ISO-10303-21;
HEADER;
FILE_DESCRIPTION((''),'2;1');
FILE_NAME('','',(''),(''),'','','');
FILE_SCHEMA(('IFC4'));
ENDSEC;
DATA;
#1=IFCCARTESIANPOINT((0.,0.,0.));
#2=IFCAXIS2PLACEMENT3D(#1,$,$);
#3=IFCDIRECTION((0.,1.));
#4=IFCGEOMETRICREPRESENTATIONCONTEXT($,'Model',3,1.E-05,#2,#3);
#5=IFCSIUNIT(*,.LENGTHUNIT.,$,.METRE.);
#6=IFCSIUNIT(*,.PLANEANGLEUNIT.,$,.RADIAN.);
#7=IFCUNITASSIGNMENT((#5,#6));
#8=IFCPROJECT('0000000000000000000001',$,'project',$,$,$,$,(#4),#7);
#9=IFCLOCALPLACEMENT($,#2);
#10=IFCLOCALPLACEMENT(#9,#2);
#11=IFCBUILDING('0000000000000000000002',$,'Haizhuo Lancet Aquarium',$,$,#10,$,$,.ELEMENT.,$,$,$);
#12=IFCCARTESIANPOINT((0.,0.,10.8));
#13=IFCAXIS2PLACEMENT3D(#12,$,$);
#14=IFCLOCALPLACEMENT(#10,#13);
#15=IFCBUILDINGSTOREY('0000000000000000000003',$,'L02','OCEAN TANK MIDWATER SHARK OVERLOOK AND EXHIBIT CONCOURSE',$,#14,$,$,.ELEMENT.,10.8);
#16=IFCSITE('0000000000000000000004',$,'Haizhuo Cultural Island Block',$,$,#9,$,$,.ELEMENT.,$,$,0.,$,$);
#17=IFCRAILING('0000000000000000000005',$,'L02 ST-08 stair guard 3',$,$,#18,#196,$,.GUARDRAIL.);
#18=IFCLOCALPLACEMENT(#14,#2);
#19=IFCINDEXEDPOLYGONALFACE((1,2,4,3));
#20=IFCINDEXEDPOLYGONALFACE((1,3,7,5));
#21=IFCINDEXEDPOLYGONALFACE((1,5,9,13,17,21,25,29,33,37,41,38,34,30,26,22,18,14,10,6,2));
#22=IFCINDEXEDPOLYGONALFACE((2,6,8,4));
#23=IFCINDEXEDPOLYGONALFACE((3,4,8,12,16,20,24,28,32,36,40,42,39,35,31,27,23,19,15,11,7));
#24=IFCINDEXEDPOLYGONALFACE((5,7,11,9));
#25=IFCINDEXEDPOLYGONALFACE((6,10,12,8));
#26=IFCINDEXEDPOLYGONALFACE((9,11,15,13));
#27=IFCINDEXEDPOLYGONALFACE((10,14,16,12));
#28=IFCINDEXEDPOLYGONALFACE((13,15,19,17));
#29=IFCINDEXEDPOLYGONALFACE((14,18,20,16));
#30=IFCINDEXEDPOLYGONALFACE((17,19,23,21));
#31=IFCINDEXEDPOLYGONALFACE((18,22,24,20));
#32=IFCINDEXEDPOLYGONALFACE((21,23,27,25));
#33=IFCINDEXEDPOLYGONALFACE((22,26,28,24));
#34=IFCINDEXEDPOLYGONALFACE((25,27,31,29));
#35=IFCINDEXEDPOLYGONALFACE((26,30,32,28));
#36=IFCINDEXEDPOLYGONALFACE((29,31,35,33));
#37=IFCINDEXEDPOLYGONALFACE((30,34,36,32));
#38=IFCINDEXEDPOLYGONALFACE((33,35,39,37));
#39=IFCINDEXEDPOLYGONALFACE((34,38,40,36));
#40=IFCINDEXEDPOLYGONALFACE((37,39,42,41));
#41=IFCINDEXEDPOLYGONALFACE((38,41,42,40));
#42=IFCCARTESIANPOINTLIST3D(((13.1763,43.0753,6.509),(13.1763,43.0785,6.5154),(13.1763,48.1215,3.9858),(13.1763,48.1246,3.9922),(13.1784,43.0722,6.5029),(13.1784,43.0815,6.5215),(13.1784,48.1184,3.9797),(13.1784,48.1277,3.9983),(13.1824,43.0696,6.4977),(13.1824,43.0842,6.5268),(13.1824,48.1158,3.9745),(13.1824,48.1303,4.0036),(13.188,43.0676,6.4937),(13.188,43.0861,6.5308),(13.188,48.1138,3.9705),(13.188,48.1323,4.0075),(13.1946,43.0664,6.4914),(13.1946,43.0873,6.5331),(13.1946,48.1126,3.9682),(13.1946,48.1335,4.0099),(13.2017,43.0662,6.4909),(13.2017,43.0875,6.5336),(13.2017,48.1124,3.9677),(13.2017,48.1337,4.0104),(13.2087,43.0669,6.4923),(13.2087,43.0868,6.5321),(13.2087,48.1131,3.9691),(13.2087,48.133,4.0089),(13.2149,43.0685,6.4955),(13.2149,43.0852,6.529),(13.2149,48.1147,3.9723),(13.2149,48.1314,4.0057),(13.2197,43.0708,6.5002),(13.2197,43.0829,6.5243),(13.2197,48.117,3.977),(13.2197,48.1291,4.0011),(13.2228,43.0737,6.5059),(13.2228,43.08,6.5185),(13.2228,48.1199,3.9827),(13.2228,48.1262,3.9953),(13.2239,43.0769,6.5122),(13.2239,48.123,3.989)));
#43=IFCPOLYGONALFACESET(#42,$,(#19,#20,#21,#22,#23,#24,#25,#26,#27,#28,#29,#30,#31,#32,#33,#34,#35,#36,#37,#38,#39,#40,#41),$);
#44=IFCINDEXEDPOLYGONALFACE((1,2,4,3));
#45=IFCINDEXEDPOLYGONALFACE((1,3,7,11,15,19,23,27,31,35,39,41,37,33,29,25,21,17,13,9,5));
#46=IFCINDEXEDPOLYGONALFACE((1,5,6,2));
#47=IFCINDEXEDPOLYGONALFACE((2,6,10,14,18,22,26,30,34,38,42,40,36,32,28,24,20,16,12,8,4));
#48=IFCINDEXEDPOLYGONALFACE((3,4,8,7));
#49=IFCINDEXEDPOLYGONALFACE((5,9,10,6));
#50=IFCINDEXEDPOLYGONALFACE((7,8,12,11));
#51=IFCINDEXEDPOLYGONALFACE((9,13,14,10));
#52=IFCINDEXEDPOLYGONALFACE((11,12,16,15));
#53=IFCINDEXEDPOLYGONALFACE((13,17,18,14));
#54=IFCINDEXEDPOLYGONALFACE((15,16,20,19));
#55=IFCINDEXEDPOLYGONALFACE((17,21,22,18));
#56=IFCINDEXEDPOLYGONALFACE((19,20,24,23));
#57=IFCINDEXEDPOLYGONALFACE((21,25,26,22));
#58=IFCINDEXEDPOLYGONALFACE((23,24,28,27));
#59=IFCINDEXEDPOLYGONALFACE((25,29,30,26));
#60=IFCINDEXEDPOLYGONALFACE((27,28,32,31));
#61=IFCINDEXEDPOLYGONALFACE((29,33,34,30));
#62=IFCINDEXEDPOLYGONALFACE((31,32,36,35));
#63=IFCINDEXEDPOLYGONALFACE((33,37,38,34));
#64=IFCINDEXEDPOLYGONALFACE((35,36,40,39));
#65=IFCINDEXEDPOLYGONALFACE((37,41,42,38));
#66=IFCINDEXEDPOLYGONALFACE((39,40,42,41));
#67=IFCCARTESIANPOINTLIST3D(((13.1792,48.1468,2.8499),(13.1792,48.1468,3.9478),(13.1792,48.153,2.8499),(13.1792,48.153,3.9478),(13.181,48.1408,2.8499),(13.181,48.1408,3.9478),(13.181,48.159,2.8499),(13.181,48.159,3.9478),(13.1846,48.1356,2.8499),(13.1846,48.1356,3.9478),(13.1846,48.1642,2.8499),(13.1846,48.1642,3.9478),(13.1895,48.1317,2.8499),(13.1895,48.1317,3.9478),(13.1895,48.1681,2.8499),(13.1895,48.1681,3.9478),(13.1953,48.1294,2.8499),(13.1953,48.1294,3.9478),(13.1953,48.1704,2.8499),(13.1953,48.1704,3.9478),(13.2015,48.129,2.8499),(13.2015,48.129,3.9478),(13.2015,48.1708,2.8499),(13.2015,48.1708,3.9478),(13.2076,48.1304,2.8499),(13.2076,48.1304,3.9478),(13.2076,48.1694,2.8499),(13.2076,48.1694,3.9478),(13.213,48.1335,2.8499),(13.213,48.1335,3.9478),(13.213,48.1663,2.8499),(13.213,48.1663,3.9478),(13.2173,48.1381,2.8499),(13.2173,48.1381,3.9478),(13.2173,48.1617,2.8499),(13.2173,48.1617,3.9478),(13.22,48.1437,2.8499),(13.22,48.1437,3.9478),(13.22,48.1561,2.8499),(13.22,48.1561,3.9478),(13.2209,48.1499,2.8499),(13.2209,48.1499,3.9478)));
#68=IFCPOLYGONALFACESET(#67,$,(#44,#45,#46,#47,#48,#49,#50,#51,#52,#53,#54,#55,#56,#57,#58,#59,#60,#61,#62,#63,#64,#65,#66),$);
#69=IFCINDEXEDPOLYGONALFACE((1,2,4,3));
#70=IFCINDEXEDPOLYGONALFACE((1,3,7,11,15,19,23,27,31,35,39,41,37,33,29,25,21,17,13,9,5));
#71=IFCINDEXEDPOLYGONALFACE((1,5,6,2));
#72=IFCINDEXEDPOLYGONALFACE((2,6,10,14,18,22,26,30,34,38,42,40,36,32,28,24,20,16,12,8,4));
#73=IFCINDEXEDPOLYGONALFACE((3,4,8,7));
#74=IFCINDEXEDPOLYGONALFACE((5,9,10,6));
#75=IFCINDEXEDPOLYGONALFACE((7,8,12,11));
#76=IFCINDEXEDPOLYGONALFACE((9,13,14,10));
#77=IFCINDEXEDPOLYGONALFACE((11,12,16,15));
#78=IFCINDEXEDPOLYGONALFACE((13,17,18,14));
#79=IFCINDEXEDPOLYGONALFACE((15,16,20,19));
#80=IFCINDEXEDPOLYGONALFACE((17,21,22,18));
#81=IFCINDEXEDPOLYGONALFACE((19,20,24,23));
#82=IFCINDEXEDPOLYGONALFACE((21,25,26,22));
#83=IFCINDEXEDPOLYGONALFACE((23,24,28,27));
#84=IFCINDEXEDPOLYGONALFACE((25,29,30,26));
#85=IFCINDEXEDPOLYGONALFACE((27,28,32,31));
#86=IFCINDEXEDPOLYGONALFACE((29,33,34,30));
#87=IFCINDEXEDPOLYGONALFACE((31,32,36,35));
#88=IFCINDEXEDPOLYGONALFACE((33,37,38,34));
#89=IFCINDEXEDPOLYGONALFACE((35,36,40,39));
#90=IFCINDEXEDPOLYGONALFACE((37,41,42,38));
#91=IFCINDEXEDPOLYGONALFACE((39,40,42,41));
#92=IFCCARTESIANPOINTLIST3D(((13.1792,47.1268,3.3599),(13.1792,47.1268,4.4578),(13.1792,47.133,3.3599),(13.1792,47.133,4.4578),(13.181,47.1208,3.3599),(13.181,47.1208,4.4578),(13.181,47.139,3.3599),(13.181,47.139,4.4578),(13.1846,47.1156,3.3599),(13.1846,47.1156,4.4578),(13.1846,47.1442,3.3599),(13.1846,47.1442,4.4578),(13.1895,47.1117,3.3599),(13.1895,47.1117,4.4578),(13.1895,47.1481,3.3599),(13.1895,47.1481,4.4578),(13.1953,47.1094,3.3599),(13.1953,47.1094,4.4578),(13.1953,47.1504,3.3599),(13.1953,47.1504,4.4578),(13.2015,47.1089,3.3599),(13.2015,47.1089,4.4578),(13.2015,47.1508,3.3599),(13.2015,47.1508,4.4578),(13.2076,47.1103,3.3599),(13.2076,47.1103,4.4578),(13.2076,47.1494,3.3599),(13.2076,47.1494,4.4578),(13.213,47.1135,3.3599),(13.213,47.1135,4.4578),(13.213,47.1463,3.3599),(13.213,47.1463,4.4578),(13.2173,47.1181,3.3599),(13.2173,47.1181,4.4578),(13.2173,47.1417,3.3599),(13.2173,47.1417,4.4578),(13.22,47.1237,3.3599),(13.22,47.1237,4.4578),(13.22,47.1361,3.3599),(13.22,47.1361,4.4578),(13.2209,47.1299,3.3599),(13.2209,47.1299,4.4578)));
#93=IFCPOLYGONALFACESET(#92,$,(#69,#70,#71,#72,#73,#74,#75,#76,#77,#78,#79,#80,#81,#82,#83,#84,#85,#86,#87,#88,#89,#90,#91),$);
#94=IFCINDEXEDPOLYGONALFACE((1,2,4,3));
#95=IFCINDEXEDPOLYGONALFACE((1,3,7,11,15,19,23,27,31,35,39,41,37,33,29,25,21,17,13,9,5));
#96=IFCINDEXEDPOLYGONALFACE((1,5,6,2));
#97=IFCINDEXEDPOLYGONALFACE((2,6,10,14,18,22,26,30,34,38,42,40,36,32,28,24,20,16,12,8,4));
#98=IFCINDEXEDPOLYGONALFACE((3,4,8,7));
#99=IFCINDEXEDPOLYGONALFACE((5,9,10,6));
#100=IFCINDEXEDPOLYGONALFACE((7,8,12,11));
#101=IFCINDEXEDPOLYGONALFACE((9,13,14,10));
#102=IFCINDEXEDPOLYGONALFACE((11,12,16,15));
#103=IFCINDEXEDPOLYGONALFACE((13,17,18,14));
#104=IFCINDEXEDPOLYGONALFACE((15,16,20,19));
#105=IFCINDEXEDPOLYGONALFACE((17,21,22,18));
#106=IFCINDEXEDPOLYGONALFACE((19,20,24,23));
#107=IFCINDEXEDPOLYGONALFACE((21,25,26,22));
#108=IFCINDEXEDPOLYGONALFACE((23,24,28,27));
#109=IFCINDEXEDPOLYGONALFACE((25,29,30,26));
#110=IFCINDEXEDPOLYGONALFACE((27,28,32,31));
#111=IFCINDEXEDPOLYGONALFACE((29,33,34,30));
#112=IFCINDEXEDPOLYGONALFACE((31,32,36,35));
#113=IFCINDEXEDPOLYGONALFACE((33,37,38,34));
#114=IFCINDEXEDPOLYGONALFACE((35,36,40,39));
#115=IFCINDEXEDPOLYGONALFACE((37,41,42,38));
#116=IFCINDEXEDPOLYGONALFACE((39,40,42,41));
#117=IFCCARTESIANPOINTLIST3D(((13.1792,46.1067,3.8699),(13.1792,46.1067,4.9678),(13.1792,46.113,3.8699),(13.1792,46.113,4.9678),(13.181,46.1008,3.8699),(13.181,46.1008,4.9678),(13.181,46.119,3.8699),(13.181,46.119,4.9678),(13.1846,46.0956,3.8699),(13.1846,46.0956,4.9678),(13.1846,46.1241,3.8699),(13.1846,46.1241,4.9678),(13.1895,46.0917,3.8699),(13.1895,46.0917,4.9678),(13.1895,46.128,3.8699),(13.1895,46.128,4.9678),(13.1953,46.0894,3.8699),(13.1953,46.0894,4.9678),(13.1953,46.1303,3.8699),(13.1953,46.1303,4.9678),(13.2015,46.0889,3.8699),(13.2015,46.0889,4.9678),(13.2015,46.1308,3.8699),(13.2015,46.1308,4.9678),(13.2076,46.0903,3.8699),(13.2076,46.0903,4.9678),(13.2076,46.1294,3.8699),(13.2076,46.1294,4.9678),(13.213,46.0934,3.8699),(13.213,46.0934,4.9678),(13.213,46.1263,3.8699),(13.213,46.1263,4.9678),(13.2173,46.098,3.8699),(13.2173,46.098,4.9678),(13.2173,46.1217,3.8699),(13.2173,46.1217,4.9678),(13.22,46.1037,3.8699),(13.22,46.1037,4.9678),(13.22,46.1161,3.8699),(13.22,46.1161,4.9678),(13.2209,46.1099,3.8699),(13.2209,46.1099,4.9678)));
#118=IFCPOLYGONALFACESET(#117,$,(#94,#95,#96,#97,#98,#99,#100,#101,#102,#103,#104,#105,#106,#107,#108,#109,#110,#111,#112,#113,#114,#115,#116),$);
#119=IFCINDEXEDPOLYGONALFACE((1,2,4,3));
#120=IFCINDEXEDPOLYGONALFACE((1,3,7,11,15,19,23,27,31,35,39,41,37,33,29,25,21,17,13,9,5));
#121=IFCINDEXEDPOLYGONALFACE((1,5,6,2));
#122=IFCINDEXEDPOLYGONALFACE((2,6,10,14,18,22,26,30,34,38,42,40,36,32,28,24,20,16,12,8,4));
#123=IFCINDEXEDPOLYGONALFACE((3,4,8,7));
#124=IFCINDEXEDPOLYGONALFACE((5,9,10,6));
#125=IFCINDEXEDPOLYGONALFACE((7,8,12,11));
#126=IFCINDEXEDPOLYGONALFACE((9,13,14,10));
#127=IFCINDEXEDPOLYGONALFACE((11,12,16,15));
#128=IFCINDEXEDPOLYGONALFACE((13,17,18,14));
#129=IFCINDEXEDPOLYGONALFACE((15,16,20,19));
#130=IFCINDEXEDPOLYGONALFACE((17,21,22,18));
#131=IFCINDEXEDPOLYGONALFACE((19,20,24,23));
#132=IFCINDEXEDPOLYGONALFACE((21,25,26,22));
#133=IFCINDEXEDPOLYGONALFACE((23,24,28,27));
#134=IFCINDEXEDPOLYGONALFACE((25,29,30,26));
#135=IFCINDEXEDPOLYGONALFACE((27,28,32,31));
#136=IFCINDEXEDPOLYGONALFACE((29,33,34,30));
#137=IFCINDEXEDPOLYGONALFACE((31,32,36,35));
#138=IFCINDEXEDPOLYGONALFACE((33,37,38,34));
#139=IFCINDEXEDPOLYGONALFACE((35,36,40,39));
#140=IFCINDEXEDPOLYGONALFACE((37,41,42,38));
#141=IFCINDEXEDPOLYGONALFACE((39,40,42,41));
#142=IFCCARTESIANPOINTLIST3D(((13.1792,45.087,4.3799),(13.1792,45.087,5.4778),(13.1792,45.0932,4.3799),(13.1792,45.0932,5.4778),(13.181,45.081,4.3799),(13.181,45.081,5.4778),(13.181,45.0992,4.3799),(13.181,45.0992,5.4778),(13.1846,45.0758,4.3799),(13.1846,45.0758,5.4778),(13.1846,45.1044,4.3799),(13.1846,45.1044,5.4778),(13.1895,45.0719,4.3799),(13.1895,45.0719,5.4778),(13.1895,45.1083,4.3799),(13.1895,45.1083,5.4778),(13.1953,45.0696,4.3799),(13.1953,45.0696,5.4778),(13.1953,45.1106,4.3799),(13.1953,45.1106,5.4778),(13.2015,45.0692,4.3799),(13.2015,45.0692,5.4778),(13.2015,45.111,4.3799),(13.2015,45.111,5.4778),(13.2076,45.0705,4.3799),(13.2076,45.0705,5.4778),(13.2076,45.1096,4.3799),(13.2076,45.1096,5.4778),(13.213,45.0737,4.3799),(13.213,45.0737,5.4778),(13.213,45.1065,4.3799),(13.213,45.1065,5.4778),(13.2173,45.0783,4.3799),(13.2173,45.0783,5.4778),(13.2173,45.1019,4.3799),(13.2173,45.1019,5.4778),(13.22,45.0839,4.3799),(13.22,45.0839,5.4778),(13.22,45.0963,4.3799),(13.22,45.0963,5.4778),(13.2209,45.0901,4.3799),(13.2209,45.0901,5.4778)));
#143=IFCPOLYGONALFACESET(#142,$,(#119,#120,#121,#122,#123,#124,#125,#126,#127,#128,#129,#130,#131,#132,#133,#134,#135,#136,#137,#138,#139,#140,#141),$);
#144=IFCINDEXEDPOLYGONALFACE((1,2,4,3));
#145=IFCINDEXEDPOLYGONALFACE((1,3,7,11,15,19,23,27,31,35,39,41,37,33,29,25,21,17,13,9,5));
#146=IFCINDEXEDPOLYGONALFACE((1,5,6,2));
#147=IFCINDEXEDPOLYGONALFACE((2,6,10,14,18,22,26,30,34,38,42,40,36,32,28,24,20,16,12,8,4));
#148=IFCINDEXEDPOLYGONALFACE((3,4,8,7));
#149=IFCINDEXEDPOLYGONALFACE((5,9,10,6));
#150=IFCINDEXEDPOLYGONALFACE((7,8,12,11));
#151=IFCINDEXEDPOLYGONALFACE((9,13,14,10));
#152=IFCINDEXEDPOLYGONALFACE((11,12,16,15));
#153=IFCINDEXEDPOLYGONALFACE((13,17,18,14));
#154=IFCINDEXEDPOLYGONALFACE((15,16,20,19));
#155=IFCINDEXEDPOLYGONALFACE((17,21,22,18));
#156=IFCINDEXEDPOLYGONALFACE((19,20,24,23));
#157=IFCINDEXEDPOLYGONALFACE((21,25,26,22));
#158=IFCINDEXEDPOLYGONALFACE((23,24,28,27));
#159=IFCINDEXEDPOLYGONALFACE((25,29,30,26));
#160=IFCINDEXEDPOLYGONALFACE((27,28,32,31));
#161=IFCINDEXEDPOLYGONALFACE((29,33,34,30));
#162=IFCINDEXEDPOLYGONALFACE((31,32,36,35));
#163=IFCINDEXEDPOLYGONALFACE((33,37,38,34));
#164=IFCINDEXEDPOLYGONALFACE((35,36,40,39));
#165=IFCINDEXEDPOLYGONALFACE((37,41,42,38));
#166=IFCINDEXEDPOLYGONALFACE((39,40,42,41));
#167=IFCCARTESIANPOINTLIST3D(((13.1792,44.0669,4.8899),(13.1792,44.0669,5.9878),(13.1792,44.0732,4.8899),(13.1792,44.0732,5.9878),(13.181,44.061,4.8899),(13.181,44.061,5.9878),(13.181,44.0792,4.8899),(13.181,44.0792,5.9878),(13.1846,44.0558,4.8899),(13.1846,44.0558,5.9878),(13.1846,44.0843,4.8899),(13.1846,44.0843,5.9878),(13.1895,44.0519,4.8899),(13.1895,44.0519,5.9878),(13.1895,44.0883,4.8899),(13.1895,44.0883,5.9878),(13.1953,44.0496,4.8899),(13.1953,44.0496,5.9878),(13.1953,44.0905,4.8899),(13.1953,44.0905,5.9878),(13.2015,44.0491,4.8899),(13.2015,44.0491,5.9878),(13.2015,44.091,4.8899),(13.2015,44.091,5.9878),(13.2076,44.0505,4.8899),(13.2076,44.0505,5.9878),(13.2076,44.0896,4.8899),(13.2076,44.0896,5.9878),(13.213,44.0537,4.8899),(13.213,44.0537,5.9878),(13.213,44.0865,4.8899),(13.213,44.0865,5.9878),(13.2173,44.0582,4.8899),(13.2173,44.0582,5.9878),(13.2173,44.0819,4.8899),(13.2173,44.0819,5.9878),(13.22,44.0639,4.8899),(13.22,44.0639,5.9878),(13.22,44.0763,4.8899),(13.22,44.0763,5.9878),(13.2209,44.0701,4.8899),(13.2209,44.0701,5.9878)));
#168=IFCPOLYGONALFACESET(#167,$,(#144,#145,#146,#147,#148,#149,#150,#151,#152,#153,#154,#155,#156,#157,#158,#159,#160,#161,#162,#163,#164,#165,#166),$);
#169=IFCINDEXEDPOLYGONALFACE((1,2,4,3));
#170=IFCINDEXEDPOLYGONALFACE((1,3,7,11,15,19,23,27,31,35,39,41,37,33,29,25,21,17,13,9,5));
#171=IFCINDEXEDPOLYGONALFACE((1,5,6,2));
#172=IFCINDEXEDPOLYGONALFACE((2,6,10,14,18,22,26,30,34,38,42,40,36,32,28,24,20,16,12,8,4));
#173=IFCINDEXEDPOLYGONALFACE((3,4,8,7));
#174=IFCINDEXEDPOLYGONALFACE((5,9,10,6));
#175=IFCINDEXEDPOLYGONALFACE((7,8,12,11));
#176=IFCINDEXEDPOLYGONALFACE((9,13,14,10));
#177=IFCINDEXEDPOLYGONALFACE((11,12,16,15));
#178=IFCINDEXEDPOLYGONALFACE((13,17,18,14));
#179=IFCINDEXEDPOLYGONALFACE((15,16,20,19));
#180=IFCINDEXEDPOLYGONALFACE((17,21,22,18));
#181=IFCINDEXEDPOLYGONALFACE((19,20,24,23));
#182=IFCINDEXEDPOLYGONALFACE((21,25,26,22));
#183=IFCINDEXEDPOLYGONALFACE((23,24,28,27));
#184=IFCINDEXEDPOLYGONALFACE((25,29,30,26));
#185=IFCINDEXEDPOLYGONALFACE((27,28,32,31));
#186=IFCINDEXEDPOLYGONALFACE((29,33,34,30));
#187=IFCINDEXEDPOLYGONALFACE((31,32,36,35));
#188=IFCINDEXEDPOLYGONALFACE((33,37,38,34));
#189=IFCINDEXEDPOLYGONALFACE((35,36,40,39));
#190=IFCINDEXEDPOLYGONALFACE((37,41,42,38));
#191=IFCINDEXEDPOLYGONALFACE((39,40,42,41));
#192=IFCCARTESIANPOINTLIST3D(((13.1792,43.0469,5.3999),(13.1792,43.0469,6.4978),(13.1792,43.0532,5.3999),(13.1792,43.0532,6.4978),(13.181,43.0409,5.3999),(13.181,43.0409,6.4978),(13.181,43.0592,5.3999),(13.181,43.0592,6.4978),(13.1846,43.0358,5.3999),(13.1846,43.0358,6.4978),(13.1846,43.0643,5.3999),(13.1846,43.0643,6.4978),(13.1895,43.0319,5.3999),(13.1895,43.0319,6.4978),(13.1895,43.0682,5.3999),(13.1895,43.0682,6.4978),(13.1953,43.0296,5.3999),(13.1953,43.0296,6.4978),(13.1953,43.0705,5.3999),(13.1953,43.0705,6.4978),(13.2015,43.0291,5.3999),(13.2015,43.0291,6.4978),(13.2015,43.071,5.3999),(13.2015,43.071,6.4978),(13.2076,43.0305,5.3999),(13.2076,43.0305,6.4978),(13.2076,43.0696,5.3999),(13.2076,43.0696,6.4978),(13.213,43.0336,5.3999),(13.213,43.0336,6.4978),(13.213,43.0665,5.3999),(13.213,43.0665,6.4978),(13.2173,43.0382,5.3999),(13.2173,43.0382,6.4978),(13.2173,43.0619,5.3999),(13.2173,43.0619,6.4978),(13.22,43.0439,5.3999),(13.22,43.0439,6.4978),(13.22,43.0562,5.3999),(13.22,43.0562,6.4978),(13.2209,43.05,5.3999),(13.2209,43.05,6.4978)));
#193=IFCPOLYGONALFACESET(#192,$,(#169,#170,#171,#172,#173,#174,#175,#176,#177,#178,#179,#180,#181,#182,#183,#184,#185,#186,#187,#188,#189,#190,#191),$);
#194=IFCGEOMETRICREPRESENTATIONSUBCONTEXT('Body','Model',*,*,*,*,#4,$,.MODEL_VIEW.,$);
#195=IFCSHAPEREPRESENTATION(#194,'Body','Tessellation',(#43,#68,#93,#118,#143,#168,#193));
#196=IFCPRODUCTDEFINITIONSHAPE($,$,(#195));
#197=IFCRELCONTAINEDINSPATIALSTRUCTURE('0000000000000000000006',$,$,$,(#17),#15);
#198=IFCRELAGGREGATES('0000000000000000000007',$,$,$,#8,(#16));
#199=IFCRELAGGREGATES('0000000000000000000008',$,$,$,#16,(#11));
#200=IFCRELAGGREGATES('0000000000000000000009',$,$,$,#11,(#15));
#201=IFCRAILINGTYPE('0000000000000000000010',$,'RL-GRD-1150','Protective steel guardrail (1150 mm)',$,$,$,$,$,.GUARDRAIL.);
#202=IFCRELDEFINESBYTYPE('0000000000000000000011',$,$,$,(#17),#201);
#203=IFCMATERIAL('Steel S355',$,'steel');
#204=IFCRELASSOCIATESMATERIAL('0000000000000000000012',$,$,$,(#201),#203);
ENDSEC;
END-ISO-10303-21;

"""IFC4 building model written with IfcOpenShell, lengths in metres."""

from ifc_helpers import new_model, si_unit, direction, frame, origin, origin_2d, place, context, subcontext, project, spatial, circle, extrude, material, type_object, element, save


model = new_model("IFC4")

# Units and contexts
model_context = context("Model", 3, precision=1e-05, world=origin(), true_north=direction((0.0, 1.0)))
body_context = subcontext(model_context, "Body", "Model", "MODEL_VIEW")
ifc_project = project(units=[si_unit("LENGTHUNIT", "METRE"), si_unit("PLANEANGLEUNIT", "RADIAN")], contexts=[model_context])

# Site, building, storey
site_placement = place(None, origin())
site = spatial("IfcSite", under=ifc_project, at=site_placement, Name="Haizhuo Cultural Island Block", CompositionType="ELEMENT", RefElevation=0.0)
building_placement = place(site_placement, origin())
building = spatial("IfcBuilding", under=site, at=building_placement, Name="Haizhuo Lancet Aquarium", CompositionType="ELEMENT")
storey_placement = place(building_placement, frame((0.0, 0.0, 10.8)))
storey = spatial("IfcBuildingStorey", under=building, at=storey_placement, Name="L02", Description="OCEAN TANK MIDWATER SHARK OVERLOOK AND EXHIBIT CONCOURSE", CompositionType="ELEMENT", Elevation=10.8)

# Shared definitions
ifc_material_1 = material(Name="Steel S355", Category="steel")

# Railing
railing_type_1 = type_object("IfcRailingType", Name="RL-GRD-1150", Description="Protective steel guardrail (1150 mm)", PredefinedType="GUARDRAIL", material=ifc_material_1)
railing_1_placement = place(storey_placement, frame((13.2, 48.1499, 2.8499)))
element("IfcRailing", 1, at=railing_1_placement, inside=storey, type_object=railing_type_1, Name="L02 ST-08 stair guard 3", PredefinedType="GUARDRAIL", context=body_context, shape_type="SweptSolid", body=[
    extrude(circle(Radius=0.0239, at=origin_2d()), frame((0.0, -0.0269, 1.1392), z_axis=(0.0, -0.894419, 0.447231), x_axis=(1.0, 0.0, 0.0)), (0.0, 0.0, 1.0), 5.6418),
    extrude(circle(Radius=0.021, at=origin_2d()), origin(), (0.0, 0.0, 1.0), 1.0979),
    extrude(circle(Radius=0.021, at=origin_2d()), frame((0.0, -1.02, 0.51)), (0.0, 0.0, 1.0), 1.0979),
    extrude(circle(Radius=0.021, at=origin_2d()), frame((0.0, -2.04, 1.02)), (0.0, 0.0, 1.0), 1.0979),
    extrude(circle(Radius=0.021, at=origin_2d()), frame((0.0, -3.0598, 1.53)), (0.0, 0.0, 1.0), 1.0979),
    extrude(circle(Radius=0.021, at=origin_2d()), frame((0.0, -4.0798, 2.04)), (0.0, 0.0, 1.0), 1.0979),
    extrude(circle(Radius=0.021, at=origin_2d()), frame((0.0, -5.0999, 2.55)), (0.0, 0.0, 1.0), 1.0979),
])

save(model, "model.ifc")
